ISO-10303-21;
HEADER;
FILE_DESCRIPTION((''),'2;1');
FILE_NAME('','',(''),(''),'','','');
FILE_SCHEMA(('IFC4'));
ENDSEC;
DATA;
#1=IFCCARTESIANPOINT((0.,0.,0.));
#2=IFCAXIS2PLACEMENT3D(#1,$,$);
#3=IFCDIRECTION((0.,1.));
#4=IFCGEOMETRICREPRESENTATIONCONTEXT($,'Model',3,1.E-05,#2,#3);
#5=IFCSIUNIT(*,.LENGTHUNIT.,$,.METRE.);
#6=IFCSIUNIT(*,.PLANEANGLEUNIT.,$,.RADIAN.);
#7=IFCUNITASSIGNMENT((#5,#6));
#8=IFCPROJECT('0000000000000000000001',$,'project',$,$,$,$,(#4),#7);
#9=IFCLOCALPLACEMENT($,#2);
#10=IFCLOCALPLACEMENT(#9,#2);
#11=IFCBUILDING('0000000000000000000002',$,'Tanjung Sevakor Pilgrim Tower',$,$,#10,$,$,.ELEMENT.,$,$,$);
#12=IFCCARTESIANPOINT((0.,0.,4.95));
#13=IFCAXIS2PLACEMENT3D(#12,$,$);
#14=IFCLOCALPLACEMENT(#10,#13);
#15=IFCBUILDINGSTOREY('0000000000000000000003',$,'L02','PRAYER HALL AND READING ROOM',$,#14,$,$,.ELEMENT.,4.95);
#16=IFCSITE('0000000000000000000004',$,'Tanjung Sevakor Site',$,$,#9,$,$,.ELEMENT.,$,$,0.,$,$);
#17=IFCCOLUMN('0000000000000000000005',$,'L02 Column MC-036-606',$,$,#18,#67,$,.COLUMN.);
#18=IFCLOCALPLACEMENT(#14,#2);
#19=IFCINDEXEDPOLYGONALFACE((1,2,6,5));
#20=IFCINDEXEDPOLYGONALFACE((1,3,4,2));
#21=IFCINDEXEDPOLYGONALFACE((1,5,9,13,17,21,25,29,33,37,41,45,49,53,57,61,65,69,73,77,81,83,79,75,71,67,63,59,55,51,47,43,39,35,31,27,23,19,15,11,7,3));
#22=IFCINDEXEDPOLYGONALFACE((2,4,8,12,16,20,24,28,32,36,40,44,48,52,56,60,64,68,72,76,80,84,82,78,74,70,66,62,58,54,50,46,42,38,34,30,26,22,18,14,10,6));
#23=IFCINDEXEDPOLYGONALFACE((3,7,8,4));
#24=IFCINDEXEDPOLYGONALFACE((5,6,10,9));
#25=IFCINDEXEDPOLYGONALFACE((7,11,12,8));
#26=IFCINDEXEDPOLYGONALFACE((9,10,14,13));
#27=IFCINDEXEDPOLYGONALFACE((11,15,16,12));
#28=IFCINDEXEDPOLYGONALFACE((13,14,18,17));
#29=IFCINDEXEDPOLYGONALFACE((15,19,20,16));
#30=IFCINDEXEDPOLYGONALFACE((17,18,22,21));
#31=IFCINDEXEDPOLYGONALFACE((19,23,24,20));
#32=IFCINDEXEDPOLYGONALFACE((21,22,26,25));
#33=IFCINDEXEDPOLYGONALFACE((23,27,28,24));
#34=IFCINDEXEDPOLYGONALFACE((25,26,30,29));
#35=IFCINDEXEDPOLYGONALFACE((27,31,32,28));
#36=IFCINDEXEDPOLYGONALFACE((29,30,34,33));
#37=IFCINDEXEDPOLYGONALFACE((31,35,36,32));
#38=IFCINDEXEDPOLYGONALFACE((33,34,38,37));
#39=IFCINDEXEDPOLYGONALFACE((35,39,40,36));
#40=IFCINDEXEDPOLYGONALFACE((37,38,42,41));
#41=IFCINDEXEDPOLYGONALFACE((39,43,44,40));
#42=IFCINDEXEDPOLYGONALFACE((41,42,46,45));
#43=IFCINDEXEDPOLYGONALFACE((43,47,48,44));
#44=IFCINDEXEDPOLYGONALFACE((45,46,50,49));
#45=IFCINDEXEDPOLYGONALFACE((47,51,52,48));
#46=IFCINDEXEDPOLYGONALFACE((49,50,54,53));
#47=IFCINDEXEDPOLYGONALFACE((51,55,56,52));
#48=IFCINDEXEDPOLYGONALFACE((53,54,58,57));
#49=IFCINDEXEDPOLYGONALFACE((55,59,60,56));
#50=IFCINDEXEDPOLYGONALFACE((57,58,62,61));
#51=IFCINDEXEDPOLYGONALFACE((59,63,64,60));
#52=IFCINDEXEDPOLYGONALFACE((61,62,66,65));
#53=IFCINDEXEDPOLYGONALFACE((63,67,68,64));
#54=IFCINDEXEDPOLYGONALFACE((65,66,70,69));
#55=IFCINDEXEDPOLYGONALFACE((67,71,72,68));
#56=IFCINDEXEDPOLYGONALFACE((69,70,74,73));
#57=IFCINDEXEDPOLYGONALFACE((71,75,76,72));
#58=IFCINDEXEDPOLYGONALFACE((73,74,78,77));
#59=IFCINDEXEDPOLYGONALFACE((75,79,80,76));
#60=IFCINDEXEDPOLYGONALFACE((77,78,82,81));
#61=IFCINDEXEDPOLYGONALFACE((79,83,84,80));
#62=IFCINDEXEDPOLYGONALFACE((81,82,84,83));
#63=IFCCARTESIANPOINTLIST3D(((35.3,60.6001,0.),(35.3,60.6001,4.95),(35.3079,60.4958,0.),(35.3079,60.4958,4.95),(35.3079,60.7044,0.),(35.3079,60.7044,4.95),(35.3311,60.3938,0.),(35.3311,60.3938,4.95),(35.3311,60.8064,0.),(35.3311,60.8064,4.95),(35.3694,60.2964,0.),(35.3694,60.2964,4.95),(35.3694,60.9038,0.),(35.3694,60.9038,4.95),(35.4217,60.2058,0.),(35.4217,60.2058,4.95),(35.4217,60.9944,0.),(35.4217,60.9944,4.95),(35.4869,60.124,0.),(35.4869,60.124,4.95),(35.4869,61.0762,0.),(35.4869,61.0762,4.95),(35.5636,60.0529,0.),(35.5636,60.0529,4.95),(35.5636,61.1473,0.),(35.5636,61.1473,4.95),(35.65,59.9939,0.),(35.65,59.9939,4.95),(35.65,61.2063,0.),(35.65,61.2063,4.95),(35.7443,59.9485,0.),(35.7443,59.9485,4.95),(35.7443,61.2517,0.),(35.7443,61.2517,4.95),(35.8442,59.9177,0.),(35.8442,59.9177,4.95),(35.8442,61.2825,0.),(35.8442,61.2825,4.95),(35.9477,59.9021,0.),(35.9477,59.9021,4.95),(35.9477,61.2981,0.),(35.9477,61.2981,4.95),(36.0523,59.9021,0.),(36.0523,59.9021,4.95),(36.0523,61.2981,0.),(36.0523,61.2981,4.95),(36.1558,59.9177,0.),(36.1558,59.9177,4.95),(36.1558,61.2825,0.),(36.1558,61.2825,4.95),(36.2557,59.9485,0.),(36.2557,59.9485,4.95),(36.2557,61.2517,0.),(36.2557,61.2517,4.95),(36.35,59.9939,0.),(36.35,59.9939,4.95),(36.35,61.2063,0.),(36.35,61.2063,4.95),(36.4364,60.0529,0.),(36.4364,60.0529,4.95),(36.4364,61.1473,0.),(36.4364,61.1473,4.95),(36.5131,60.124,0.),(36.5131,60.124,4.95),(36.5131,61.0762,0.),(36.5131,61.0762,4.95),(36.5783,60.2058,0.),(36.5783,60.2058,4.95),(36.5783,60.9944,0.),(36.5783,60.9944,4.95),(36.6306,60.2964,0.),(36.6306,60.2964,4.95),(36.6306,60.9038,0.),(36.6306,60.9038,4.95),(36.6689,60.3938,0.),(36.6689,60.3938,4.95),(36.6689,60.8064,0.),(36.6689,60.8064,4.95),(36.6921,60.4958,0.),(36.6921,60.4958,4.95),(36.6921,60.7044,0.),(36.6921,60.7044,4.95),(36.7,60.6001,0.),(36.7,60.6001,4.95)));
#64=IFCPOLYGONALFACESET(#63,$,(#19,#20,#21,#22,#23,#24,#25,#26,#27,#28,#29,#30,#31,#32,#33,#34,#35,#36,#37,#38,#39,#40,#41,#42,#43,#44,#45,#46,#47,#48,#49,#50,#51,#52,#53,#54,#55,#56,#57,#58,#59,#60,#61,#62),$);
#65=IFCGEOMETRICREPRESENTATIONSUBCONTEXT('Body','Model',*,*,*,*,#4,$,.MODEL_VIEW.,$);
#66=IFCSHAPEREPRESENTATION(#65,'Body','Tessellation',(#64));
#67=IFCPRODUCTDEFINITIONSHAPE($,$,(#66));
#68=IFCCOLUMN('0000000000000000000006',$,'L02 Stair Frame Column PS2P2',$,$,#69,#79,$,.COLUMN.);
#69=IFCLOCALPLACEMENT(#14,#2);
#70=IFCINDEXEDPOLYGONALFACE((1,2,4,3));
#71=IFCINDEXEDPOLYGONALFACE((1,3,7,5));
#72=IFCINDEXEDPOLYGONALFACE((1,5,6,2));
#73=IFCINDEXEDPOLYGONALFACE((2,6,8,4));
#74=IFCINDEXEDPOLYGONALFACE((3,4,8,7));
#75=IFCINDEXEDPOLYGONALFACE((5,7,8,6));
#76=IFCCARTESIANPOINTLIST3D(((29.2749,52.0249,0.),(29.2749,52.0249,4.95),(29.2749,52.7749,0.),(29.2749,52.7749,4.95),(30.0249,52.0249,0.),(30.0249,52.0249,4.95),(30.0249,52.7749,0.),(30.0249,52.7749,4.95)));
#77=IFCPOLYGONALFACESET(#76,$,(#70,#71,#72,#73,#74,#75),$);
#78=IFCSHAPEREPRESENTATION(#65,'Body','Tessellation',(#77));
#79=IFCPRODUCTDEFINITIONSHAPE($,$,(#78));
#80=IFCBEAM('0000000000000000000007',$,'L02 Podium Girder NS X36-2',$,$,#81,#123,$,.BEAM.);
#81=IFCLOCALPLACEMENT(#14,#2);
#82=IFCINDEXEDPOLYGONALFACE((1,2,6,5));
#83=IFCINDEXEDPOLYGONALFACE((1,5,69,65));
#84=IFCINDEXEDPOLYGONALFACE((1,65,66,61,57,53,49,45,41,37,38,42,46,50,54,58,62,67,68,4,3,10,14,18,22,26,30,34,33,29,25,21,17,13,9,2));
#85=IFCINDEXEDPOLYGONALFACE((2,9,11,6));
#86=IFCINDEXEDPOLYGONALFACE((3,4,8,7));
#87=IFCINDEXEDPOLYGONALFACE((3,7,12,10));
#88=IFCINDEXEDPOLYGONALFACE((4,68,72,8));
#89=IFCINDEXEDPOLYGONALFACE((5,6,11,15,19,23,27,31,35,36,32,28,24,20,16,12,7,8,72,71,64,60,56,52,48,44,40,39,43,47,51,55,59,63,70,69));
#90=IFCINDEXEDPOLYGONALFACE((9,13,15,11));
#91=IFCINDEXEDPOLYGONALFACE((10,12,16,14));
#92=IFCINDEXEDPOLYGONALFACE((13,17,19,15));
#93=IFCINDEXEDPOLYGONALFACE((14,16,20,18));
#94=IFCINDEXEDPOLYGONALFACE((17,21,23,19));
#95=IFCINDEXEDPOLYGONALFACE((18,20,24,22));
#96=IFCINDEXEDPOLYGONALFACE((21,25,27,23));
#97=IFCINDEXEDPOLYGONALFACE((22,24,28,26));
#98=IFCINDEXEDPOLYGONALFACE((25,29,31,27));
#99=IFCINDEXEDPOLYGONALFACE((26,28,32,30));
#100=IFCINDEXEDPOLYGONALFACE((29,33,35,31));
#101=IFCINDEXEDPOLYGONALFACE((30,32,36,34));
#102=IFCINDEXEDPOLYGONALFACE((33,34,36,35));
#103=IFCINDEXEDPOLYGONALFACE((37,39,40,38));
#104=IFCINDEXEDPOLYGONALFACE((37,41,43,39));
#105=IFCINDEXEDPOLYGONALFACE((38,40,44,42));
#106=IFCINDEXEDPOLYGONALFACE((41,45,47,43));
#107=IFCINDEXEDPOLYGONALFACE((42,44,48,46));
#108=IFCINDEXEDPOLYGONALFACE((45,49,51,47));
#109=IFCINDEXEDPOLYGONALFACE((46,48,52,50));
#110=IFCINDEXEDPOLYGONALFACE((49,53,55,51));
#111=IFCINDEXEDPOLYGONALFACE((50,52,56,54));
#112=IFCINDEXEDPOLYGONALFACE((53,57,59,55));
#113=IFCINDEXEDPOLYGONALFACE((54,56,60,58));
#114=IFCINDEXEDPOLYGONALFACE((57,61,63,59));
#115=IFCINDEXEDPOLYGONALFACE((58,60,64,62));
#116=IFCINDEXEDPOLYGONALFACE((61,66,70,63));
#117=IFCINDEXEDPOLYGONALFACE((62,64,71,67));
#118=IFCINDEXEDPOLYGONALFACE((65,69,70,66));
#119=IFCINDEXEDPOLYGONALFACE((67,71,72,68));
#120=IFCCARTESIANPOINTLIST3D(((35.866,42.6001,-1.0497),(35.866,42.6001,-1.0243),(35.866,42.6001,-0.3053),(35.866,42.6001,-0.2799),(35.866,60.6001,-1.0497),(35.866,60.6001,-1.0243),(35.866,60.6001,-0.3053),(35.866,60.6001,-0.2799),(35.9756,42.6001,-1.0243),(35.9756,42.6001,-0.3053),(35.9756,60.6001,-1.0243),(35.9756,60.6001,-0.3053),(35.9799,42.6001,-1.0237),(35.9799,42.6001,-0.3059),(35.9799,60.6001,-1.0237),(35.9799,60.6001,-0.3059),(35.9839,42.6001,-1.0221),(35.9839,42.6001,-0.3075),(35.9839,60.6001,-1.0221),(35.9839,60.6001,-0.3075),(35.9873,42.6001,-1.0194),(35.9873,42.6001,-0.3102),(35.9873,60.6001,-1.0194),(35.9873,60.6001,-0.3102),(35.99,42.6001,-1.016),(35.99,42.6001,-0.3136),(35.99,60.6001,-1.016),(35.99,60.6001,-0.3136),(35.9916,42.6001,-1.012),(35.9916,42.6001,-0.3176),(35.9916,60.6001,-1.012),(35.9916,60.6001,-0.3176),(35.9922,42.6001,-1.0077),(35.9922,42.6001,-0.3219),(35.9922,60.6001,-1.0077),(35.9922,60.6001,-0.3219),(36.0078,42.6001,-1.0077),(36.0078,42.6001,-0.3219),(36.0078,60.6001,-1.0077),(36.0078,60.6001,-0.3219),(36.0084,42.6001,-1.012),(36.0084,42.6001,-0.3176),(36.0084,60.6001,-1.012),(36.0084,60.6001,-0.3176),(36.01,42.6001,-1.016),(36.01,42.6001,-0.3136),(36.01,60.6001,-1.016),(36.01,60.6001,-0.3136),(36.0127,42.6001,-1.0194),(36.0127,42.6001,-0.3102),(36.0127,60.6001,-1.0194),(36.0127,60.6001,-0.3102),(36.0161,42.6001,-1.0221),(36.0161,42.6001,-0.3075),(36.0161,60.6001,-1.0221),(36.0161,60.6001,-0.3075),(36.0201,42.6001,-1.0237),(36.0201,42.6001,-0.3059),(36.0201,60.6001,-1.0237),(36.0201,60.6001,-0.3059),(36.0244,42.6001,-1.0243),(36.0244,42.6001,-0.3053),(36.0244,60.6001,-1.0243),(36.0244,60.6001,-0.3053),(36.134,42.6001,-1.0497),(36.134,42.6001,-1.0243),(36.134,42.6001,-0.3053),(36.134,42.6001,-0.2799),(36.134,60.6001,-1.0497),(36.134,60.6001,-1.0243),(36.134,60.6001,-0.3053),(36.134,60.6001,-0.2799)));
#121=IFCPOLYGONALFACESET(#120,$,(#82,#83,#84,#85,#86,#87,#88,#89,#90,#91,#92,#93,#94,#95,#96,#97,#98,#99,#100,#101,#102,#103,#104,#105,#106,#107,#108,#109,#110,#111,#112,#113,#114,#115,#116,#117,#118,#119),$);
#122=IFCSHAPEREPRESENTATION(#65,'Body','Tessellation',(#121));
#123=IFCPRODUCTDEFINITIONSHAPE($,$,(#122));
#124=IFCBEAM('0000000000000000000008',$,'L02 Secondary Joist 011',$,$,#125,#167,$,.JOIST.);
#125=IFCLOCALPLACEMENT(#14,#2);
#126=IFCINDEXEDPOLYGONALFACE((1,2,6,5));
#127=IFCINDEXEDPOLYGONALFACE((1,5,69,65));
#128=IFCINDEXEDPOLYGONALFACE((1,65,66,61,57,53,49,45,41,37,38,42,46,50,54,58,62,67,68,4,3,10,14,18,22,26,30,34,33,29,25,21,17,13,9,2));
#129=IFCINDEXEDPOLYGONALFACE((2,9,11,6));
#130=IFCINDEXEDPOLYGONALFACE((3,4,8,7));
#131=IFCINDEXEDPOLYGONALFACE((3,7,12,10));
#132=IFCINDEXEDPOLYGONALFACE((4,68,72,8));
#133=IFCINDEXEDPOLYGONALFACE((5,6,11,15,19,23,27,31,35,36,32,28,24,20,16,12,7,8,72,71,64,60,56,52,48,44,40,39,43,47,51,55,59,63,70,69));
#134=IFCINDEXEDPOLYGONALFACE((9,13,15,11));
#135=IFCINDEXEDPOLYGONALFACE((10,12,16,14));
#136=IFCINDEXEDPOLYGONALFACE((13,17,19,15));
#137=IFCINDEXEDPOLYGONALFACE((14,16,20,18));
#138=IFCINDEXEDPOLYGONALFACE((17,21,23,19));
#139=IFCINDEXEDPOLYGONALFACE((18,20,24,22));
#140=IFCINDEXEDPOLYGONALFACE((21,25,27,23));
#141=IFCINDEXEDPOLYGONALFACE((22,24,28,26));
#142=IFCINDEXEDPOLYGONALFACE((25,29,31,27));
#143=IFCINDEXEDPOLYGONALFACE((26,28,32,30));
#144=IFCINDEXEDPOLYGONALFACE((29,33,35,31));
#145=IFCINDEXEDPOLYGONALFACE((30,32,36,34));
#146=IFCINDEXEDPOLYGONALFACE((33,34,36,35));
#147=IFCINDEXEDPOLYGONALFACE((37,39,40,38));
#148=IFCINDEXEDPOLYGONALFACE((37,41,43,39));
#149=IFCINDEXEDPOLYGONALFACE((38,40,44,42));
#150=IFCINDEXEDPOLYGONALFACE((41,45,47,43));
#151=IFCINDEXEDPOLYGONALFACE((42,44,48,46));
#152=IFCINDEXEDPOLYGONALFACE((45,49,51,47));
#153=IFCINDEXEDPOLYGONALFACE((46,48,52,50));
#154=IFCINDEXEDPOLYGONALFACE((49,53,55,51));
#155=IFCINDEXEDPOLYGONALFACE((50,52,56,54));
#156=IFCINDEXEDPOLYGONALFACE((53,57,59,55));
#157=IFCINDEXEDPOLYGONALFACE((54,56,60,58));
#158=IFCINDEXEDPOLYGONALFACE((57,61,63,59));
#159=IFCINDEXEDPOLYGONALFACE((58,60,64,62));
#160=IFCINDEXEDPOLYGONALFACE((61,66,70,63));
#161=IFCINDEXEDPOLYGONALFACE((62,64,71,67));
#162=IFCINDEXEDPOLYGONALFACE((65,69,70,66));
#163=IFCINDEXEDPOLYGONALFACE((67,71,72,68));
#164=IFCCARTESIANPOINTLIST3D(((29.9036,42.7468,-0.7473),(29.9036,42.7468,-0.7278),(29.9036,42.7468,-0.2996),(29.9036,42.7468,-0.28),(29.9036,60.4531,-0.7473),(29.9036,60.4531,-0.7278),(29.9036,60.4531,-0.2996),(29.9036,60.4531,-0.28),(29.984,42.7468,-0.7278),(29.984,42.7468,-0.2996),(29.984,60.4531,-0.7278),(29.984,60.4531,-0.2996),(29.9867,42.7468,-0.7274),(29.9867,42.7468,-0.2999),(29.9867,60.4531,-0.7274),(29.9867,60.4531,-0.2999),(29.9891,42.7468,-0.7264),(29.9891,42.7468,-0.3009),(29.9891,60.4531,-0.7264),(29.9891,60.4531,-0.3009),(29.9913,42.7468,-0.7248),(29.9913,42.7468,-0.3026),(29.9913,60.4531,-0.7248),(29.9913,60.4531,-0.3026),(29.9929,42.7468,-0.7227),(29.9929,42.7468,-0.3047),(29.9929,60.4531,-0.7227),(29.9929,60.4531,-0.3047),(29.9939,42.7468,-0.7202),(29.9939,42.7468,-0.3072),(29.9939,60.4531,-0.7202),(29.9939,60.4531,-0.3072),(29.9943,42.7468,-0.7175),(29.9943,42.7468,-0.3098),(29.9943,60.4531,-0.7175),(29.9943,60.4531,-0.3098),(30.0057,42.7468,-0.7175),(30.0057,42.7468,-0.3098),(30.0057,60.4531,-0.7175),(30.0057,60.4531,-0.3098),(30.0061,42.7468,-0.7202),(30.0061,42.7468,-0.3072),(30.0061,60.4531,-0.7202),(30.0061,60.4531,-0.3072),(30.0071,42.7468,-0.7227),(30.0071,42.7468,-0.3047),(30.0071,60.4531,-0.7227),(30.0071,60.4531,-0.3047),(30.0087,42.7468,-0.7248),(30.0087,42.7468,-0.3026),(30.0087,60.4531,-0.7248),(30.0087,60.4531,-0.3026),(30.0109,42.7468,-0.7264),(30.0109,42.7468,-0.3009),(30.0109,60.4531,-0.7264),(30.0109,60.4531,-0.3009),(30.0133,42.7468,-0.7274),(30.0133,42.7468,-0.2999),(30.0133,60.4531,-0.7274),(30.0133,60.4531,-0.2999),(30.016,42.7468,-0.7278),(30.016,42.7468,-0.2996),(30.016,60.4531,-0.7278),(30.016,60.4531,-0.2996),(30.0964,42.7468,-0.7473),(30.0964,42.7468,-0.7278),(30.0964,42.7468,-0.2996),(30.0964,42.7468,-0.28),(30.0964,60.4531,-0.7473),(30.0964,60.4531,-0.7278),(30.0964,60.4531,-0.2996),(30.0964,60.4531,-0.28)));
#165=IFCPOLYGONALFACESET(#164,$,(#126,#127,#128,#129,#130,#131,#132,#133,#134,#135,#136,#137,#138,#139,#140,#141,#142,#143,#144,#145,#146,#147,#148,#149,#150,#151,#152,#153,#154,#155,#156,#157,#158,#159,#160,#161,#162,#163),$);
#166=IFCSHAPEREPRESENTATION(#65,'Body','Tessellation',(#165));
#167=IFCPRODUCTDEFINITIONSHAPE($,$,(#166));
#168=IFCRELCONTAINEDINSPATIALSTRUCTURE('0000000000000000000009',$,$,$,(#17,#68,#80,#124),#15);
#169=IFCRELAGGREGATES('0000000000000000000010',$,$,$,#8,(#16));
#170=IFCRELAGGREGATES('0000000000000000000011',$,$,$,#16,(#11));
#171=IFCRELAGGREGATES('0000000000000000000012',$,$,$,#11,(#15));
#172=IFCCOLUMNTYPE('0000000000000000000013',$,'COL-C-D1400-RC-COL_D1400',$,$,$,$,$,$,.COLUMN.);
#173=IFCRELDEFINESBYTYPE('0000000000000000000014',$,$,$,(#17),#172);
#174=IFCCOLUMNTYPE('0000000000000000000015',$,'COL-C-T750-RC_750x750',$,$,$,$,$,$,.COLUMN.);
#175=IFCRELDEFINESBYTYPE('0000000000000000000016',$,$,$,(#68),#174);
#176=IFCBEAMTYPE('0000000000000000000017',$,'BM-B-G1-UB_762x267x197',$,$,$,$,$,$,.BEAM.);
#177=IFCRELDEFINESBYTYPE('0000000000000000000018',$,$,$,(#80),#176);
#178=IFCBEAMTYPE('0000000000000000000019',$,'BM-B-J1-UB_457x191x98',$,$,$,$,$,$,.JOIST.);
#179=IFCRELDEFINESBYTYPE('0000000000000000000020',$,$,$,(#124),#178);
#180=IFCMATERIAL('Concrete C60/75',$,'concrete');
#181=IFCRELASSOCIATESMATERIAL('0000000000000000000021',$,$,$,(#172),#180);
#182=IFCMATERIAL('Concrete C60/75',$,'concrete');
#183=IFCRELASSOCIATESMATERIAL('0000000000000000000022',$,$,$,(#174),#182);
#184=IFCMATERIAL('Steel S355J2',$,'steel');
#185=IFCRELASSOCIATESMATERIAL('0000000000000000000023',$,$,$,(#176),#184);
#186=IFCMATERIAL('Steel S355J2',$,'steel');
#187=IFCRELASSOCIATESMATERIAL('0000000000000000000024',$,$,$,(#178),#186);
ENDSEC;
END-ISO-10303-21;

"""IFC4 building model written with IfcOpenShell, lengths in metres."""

from ifc_helpers import new_model, si_unit, direction, frame, origin, origin_2d, place, context, subcontext, project, spatial, rectangle, circle, i_section, extrude, material, material_profile, profile_set, type_object, element, save


model = new_model("IFC4")

# Units and contexts
model_context = context("Model", 3, precision=1e-05, world=origin(), true_north=direction((0.0, 1.0)))
body_context = subcontext(model_context, "Body", "Model", "MODEL_VIEW")
ifc_project = project(units=[si_unit("LENGTHUNIT", "METRE"), si_unit("PLANEANGLEUNIT", "RADIAN")], contexts=[model_context])

# Site, building, storey
site_placement = place(None, origin())
site = spatial("IfcSite", under=ifc_project, at=site_placement, Name="Tanjung Sevakor Site", CompositionType="ELEMENT", RefElevation=0.0)
building_placement = place(site_placement, origin())
building = spatial("IfcBuilding", under=site, at=building_placement, Name="Tanjung Sevakor Pilgrim Tower", CompositionType="ELEMENT")
storey_placement = place(building_placement, frame((0.0, 0.0, 4.95)))
storey = spatial("IfcBuildingStorey", under=building, at=storey_placement, Name="L02", Description="PRAYER HALL AND READING ROOM", CompositionType="ELEMENT", Elevation=4.95)

# Columns
ifc_material_1 = material(Name="Concrete C60/75", Category="concrete")
ifc_material_profile_1 = material_profile(ifc_material_1, circle(Radius=0.7, at=origin_2d()))
ifc_profile_set_1 = profile_set([ifc_material_profile_1], Name="Concrete C60/75")
column_type_1 = type_object("IfcColumnType", Name="COL-C-D1400-RC-COL_D1400", PredefinedType="COLUMN", material=ifc_profile_set_1)
column_1_placement = place(storey_placement, frame((36.0, 60.6001, 0.0), z_axis=(0.0, 0.0, 1.0), x_axis=(1.0, 0.0, 0.0)))
element("IfcColumn", 1, at=column_1_placement, inside=storey, type_object=column_type_1, Name="L02 Column MC-036-606", PredefinedType="COLUMN", context=body_context, shape_type="SweptSolid", body=[
    extrude(circle(Radius=0.7, at=origin_2d()), origin(), (0.0, 0.0, 1.0), 4.95),
])
ifc_material_2 = material(Name="Concrete C60/75", Category="concrete")
ifc_material_profile_2 = material_profile(ifc_material_2, rectangle(XDim=0.75, YDim=0.75, at=origin_2d()))
ifc_profile_set_2 = profile_set([ifc_material_profile_2], Name="Concrete C60/75")
column_type_2 = type_object("IfcColumnType", Name="COL-C-T750-RC_750x750", PredefinedType="COLUMN", material=ifc_profile_set_2)
column_2_placement = place(storey_placement, frame((29.6499, 52.3999, 0.0), z_axis=(0.0, 0.0, 1.0), x_axis=(1.0, 0.0, 0.0)))
element("IfcColumn", 2, at=column_2_placement, inside=storey, type_object=column_type_2, Name="L02 Stair Frame Column PS2P2", PredefinedType="COLUMN", context=body_context, shape_type="SweptSolid", body=[
    extrude(rectangle(XDim=0.75, YDim=0.75, at=origin_2d()), origin(), (0.0, 0.0, 1.0), 4.95),
])

# Beams
ifc_material_3 = material(Name="Steel S355J2", Category="steel")
ifc_material_profile_3 = material_profile(ifc_material_3, i_section(OverallWidth=0.2681, OverallDepth=0.7698, WebThickness=0.0156, FlangeThickness=0.0254, FilletRadius=0.0166, at=origin_2d()))
ifc_profile_set_3 = profile_set([ifc_material_profile_3], Name="Steel S355J2")
beam_type_1 = type_object("IfcBeamType", Name="BM-B-G1-UB_762x267x197", PredefinedType="BEAM", material=ifc_profile_set_3)
beam_1_placement = place(storey_placement, frame((36.0, 42.6001, -0.6648), z_axis=(0.0, 1.0, 0.0), x_axis=(-1.0, 0.0, 0.0)))
element("IfcBeam", 3, at=beam_1_placement, inside=storey, type_object=beam_type_1, Name="L02 Podium Girder NS X36-2", PredefinedType="BEAM", context=body_context, shape_type="SweptSolid", body=[
    extrude(i_section(OverallWidth=0.2681, OverallDepth=0.7698, WebThickness=0.0156, FlangeThickness=0.0254, FilletRadius=0.0166, at=origin_2d()), origin(), (0.0, 0.0, 1.0), 18.0),
])
ifc_material_4 = material(Name="Steel S355J2", Category="steel")
ifc_material_profile_4 = material_profile(ifc_material_4, i_section(OverallWidth=0.1929, OverallDepth=0.4673, WebThickness=0.0115, FlangeThickness=0.0195, FilletRadius=0.0103, at=origin_2d()))
ifc_profile_set_4 = profile_set([ifc_material_profile_4], Name="Steel S355J2")
beam_type_2 = type_object("IfcBeamType", Name="BM-B-J1-UB_457x191x98", PredefinedType="JOIST", material=ifc_profile_set_4)
for number, where, z_axis, x_axis, name in (
    (4, (30.0, 42.7468, -0.5137), (0.0, 1.0, 0.0), (-1.0, 0.0, 0.0), "L02 Secondary Joist 011"),
):
    element("IfcBeam", number, at=place(storey_placement, frame(where, z_axis=z_axis, x_axis=x_axis)), inside=storey, type_object=beam_type_2, Name=name, PredefinedType="JOIST", context=body_context, shape_type="SweptSolid", body=[
        extrude(i_section(OverallWidth=0.1929, OverallDepth=0.4673, WebThickness=0.0115, FlangeThickness=0.0195, FilletRadius=0.0103, at=origin_2d()), origin(), (0.0, 0.0, 1.0), 17.7063),
    ])

save(model, "model.ifc")
